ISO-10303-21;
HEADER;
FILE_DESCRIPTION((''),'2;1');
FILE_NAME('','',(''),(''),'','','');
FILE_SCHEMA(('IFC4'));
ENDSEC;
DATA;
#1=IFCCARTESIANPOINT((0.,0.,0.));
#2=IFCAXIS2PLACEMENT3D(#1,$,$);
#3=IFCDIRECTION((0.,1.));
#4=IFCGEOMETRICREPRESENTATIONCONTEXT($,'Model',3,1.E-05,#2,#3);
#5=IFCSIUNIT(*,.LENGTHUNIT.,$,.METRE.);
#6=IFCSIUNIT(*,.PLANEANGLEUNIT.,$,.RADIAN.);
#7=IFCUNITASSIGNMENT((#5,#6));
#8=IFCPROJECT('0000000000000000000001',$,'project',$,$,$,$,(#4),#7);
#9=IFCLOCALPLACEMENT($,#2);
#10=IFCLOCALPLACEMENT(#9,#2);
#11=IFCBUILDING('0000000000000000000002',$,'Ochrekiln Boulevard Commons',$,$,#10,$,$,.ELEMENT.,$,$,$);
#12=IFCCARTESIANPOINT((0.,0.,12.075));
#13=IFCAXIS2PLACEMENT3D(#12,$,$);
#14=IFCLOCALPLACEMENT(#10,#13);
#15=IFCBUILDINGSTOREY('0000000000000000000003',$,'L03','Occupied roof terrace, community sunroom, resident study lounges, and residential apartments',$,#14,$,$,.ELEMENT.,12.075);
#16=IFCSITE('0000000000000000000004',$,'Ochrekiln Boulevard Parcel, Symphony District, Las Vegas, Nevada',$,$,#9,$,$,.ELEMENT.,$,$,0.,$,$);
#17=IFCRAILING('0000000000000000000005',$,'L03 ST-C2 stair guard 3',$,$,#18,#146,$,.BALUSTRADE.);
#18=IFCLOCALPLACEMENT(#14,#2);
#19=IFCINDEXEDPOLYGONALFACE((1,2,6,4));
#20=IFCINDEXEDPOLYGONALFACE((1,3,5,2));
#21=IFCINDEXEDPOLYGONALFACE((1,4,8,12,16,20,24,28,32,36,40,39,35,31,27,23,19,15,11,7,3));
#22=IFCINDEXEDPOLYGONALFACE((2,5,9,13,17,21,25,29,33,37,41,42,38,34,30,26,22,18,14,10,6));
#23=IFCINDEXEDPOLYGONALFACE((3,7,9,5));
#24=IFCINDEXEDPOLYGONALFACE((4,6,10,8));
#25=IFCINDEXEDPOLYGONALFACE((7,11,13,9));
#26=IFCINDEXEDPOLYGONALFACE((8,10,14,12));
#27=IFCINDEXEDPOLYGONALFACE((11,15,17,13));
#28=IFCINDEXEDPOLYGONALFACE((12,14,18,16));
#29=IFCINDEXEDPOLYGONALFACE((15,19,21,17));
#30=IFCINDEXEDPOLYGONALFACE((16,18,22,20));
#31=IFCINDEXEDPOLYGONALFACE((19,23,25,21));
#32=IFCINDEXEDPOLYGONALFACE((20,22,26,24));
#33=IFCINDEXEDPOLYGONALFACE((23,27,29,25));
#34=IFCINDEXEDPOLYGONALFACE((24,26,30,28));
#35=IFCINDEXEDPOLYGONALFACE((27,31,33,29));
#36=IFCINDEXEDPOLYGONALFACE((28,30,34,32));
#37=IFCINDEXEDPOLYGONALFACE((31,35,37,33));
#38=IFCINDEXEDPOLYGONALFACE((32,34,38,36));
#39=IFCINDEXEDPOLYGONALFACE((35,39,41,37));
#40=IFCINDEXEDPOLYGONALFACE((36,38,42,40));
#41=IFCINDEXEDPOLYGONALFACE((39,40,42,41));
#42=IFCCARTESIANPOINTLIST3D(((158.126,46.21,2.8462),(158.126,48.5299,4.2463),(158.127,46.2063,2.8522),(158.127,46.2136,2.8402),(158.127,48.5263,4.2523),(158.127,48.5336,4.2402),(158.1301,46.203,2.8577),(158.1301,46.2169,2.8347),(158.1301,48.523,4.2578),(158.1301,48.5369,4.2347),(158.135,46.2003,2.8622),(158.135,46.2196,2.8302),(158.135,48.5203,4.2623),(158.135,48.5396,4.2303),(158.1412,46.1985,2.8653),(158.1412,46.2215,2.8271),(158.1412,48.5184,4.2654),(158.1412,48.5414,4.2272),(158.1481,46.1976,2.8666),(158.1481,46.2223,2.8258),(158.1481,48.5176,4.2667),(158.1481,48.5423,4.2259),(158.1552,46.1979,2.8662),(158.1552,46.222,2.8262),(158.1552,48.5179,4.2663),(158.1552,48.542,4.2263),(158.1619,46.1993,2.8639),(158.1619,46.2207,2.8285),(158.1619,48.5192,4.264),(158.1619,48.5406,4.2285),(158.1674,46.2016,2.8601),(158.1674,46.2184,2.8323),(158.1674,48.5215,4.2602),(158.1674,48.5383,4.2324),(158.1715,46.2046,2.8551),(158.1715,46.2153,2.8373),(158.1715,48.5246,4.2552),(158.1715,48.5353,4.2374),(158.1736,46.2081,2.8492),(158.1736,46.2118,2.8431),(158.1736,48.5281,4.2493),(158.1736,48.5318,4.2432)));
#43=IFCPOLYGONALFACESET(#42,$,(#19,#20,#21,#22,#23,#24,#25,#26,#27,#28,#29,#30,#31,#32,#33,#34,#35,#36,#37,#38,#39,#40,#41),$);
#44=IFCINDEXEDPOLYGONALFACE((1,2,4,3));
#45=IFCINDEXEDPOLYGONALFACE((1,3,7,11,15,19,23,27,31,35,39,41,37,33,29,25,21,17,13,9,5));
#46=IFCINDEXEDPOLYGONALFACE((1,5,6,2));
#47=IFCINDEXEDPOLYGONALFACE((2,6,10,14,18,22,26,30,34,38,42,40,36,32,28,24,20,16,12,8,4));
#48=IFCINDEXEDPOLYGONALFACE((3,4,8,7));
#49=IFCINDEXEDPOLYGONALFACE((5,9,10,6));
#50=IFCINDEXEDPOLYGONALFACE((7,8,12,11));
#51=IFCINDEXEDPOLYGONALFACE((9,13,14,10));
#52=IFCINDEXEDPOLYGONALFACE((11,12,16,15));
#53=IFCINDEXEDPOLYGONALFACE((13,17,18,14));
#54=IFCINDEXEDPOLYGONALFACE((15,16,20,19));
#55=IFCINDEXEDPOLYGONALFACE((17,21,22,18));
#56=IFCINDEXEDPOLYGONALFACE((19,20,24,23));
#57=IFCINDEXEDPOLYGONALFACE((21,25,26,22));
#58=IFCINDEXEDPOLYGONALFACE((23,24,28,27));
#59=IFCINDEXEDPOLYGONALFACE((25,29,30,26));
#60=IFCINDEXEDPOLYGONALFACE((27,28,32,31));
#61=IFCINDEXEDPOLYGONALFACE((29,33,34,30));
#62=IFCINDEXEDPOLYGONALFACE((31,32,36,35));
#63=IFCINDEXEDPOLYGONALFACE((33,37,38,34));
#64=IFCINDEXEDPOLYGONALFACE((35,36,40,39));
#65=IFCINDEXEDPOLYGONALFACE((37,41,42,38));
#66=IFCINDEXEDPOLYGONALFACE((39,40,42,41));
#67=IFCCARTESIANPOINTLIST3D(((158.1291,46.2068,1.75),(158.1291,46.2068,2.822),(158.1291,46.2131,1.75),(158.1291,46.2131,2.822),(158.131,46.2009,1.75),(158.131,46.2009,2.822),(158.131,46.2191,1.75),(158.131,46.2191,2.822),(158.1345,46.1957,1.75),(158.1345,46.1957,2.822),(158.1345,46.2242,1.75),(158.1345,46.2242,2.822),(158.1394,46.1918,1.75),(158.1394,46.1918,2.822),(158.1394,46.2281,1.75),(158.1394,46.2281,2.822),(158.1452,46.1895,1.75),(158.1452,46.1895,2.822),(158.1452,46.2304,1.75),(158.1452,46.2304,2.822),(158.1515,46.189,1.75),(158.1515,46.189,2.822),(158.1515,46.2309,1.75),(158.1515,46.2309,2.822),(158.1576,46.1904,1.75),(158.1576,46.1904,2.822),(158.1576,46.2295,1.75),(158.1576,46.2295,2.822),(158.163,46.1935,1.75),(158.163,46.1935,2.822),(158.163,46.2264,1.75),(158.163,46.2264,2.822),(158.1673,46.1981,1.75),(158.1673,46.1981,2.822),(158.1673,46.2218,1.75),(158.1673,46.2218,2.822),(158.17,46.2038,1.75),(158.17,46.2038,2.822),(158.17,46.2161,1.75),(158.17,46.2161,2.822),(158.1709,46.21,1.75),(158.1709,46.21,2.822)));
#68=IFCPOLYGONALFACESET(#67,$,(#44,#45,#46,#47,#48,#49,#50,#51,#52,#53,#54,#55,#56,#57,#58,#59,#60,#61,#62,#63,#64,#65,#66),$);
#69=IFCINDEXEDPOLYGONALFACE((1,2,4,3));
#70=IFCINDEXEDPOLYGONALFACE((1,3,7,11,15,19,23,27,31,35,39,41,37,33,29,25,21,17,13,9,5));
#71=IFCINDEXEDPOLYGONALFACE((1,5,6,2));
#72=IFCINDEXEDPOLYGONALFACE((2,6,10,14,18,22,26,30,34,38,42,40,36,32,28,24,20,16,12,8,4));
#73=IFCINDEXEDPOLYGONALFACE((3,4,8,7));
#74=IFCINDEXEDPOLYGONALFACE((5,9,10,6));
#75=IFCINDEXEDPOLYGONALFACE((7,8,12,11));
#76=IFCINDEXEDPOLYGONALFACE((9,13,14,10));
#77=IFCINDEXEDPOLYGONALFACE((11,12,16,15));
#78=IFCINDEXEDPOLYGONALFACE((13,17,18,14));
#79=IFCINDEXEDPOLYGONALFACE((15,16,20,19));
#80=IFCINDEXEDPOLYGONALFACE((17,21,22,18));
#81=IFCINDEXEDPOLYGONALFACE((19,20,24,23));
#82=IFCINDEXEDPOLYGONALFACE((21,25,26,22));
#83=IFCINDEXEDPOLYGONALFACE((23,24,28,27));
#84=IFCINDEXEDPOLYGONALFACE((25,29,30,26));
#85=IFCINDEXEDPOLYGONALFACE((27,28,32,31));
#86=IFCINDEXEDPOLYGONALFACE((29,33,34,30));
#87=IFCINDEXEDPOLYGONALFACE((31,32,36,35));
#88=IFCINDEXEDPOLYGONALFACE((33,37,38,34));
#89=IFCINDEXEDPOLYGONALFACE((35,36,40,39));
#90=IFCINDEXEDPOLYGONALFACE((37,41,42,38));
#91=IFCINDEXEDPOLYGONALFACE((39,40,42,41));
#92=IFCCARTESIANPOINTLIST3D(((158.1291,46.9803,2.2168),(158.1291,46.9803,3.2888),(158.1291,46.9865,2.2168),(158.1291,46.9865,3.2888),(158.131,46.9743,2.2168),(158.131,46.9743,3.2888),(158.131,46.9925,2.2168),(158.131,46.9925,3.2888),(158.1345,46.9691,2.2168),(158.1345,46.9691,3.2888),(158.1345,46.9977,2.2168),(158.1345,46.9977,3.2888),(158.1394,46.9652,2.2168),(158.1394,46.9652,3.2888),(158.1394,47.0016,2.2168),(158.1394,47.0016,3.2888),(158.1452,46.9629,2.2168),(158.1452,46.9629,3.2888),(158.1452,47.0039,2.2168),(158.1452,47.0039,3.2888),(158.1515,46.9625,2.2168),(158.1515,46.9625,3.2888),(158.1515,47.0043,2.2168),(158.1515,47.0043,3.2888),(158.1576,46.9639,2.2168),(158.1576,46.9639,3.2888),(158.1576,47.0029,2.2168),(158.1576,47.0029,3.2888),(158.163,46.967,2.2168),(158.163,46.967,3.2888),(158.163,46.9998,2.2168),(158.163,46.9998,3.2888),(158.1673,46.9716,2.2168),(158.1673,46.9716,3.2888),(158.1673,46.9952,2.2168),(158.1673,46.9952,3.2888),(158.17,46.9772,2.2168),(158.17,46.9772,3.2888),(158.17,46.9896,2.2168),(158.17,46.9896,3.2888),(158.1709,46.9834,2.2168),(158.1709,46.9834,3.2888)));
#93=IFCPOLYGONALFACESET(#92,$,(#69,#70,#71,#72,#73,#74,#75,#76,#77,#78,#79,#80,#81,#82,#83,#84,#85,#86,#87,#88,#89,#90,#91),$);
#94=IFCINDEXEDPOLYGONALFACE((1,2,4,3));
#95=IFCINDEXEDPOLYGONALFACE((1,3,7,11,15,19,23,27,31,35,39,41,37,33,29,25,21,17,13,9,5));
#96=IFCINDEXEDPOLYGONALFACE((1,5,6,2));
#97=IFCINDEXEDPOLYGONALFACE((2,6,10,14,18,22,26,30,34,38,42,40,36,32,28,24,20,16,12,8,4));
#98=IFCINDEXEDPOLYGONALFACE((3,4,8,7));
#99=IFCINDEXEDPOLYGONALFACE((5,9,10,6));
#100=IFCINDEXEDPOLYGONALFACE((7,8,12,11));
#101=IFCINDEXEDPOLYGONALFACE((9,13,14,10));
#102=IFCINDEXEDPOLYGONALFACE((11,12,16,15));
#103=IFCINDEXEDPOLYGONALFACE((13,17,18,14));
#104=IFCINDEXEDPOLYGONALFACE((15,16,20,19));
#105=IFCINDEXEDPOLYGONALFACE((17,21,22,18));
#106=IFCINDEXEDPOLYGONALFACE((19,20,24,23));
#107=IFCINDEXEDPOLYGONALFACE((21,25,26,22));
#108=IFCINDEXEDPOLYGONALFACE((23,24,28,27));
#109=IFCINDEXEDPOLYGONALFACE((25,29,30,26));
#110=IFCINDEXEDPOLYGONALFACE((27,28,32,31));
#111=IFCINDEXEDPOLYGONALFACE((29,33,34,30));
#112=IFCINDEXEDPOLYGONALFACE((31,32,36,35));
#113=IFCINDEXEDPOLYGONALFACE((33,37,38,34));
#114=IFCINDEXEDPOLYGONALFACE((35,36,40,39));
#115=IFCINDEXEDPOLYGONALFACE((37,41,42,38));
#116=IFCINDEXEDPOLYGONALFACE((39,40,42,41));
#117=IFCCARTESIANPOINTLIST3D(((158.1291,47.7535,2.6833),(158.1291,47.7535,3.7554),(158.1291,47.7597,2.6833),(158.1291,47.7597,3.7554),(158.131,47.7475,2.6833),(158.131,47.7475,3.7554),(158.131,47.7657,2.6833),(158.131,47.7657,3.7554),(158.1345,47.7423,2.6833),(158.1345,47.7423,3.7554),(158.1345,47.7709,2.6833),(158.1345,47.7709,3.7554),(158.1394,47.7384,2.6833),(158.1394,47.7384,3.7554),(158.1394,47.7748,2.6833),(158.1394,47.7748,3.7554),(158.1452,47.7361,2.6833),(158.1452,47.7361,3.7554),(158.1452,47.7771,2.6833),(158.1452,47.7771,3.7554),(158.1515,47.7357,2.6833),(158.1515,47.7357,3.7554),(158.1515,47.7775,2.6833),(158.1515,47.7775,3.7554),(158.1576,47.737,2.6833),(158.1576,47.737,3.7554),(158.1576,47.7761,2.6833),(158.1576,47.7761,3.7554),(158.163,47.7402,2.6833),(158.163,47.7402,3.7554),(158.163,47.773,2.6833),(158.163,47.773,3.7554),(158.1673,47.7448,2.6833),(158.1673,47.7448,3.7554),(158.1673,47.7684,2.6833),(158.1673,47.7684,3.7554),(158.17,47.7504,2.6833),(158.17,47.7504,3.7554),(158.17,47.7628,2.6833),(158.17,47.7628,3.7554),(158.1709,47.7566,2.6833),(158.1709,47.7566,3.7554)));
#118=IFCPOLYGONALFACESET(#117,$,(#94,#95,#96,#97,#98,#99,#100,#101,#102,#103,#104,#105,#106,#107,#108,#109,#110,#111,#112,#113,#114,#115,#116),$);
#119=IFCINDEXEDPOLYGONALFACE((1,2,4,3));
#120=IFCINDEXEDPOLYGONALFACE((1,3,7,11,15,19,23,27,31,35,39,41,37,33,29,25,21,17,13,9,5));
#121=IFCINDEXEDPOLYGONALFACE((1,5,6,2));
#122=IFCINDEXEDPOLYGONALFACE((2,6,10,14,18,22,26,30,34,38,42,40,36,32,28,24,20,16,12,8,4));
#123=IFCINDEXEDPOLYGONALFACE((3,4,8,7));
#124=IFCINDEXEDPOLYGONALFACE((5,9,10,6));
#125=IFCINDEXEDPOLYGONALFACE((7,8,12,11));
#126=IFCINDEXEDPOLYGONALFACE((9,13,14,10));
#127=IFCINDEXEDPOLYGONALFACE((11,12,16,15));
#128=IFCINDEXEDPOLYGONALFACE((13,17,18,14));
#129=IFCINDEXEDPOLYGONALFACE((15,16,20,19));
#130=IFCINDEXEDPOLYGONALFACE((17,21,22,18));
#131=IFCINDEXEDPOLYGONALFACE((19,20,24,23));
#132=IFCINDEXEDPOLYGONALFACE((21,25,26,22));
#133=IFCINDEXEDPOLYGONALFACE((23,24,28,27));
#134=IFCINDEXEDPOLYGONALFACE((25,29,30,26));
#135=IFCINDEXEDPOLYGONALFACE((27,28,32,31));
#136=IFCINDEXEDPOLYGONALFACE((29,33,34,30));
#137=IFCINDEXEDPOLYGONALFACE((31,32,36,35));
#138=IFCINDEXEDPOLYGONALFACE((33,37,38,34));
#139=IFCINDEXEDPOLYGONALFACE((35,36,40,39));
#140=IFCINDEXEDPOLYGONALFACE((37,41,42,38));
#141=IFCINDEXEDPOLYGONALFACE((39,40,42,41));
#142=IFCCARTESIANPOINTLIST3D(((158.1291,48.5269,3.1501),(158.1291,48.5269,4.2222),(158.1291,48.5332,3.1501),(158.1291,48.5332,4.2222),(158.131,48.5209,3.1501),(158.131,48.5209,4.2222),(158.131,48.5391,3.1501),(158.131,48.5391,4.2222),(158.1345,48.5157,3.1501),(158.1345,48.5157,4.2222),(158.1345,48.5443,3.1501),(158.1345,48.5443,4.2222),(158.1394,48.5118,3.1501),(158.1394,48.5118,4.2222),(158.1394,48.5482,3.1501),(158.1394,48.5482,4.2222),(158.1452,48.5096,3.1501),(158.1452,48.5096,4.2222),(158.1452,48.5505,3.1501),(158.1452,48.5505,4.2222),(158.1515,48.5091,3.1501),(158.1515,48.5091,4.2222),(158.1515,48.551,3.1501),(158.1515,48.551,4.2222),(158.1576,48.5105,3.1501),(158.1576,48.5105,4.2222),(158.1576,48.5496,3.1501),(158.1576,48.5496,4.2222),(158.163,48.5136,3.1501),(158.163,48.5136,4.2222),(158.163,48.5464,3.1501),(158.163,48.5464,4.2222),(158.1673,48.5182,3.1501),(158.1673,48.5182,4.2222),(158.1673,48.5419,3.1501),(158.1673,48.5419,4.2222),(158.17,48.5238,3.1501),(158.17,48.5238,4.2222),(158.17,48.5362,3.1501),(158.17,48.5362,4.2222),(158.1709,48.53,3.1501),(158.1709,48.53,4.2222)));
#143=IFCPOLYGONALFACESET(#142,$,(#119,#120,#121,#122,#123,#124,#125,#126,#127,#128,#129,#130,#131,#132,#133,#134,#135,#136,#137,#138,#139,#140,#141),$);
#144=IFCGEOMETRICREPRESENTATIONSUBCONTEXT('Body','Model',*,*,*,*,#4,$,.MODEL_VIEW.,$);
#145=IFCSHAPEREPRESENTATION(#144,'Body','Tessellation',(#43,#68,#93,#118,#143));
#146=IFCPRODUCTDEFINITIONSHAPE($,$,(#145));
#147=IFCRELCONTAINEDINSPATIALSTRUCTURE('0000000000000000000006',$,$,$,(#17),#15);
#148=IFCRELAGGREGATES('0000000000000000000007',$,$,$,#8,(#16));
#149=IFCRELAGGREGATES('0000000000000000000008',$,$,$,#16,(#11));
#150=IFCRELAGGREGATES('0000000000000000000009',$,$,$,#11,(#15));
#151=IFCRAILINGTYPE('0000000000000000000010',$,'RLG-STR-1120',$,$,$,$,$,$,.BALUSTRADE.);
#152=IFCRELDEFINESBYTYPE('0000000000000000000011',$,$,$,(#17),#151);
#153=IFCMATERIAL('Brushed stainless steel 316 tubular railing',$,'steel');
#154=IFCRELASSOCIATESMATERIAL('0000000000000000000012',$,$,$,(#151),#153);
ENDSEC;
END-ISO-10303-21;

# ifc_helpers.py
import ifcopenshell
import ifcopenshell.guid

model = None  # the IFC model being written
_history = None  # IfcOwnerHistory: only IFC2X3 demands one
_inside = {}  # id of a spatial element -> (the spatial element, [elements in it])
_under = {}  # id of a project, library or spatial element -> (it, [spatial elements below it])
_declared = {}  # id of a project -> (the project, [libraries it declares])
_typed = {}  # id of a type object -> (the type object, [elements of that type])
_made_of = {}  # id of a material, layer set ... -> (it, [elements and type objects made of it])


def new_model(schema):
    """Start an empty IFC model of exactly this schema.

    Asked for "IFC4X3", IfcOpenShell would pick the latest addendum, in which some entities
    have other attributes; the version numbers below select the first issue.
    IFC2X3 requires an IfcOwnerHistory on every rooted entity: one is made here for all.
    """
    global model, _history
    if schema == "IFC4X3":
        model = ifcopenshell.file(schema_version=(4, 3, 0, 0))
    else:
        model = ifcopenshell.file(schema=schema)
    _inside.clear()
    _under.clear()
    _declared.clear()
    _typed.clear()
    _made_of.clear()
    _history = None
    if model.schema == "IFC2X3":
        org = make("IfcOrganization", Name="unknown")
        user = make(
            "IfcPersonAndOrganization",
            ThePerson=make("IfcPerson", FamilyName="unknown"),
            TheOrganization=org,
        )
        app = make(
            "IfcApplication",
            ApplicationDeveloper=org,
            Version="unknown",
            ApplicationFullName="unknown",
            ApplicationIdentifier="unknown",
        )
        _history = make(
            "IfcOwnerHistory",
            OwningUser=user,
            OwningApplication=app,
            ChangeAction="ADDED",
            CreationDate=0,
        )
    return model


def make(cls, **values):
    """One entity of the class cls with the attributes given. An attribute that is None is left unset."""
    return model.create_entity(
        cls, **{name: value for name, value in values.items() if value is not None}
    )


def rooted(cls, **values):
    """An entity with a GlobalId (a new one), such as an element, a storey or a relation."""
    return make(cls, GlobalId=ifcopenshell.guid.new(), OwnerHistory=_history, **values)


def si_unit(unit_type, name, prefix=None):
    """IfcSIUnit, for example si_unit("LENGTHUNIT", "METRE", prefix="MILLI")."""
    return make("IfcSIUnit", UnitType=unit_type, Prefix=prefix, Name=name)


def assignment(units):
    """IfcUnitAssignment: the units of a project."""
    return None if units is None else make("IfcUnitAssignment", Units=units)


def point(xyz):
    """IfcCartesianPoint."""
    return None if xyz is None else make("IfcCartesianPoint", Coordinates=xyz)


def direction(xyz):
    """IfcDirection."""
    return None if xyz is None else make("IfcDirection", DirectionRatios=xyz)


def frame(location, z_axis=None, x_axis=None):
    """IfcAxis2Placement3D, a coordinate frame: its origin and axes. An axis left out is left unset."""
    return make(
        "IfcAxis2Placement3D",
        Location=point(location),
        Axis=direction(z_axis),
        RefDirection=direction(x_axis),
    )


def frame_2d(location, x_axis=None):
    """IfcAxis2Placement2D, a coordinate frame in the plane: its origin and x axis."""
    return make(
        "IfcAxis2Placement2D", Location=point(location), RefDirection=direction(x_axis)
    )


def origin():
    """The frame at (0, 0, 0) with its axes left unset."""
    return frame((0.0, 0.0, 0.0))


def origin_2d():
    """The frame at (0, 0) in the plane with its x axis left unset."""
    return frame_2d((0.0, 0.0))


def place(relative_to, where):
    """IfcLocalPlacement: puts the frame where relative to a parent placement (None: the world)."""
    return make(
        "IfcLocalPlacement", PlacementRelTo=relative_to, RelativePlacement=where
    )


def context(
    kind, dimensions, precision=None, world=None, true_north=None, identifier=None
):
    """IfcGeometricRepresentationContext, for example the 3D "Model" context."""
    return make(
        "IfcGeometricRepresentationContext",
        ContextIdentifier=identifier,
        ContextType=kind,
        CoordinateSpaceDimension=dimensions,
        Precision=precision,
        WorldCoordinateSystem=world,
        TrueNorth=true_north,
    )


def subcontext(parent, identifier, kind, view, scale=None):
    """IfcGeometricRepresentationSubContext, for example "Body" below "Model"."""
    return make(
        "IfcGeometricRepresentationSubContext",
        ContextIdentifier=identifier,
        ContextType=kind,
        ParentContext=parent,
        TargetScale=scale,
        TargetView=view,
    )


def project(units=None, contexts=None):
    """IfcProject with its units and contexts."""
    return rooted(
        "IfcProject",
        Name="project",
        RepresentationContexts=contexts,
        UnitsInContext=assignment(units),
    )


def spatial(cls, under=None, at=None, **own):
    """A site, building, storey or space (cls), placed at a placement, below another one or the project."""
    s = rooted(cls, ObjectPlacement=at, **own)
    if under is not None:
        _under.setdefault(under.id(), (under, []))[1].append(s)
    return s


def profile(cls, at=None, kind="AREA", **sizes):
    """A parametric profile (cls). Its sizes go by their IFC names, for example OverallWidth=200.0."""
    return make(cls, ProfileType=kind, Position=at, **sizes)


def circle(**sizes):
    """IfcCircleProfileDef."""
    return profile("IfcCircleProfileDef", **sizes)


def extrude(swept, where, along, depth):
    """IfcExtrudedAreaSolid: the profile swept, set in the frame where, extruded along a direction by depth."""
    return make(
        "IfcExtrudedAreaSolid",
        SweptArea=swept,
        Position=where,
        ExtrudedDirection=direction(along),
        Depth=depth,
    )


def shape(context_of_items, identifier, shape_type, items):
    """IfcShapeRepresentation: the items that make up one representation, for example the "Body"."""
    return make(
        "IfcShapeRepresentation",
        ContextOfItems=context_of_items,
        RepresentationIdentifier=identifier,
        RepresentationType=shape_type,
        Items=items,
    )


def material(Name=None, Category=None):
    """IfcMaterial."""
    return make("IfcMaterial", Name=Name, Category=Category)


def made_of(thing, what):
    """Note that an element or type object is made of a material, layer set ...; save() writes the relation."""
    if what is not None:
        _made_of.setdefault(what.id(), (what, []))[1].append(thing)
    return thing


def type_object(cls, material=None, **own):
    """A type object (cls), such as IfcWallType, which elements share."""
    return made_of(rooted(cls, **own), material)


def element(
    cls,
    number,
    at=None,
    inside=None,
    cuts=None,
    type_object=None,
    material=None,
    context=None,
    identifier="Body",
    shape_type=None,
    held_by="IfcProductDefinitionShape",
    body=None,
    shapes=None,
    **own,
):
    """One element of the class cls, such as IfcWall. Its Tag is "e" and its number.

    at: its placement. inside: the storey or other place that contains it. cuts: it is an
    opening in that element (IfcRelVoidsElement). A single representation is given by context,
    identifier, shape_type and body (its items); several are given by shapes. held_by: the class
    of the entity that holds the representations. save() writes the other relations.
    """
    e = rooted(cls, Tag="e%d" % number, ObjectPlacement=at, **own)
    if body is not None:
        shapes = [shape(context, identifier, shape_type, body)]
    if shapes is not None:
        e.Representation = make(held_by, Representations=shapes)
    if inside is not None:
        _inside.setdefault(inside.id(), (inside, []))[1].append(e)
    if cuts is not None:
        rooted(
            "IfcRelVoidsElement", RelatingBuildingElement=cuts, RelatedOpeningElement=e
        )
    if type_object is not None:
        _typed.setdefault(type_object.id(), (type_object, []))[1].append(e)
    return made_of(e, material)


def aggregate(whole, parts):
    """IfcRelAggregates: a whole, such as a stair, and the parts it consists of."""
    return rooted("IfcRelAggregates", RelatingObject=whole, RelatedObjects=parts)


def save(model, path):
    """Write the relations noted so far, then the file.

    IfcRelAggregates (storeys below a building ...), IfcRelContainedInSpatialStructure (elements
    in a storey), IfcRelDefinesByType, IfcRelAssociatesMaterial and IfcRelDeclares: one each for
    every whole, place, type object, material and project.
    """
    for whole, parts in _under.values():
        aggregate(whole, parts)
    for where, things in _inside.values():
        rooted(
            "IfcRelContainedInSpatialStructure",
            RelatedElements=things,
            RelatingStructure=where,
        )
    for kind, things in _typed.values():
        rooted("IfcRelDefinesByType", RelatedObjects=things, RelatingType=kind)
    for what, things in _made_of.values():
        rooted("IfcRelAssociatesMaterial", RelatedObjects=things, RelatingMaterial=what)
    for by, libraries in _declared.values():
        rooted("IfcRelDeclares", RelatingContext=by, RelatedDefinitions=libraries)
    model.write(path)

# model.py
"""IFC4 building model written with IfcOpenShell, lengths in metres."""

from ifc_helpers import new_model, si_unit, direction, frame, origin, origin_2d, place, context, subcontext, project, spatial, circle, extrude, material, type_object, element, save


model = new_model("IFC4")

# Units and contexts
model_context = context("Model", 3, precision=1e-05, world=origin(), true_north=direction((0.0, 1.0)))
body_context = subcontext(model_context, "Body", "Model", "MODEL_VIEW")
ifc_project = project(units=[si_unit("LENGTHUNIT", "METRE"), si_unit("PLANEANGLEUNIT", "RADIAN")], contexts=[model_context])

# Site, building, storey
site_placement = place(None, origin())
site = spatial("IfcSite", under=ifc_project, at=site_placement, Name="Ochrekiln Boulevard Parcel, Symphony District, Las Vegas, Nevada", CompositionType="ELEMENT", RefElevation=0.0)
building_placement = place(site_placement, origin())
building = spatial("IfcBuilding", under=site, at=building_placement, Name="Ochrekiln Boulevard Commons", CompositionType="ELEMENT")
storey_placement = place(building_placement, frame((0.0, 0.0, 12.075)))
storey = spatial("IfcBuildingStorey", under=building, at=storey_placement, Name="L03", Description="Occupied roof terrace, community sunroom, resident study lounges, and residential apartments", CompositionType="ELEMENT", Elevation=12.075)

# Railing
ifc_material_1 = material(Name="Brushed stainless steel 316 tubular railing", Category="steel")
railing_type_1 = type_object("IfcRailingType", Name="RLG-STR-1120", PredefinedType="BALUSTRADE", material=ifc_material_1)
railing_1_placement = place(storey_placement, frame((158.1499, 46.21, 1.75)))
element("IfcRailing", 1, at=railing_1_placement, inside=storey, type_object=railing_type_1, Name="L03 ST-C2 stair guard 3", PredefinedType="BALUSTRADE", context=body_context, shape_type="SweptSolid", body=[
    extrude(circle(Radius=0.0239, at=origin_2d()), frame((0.0, 0.0, 1.0962), z_axis=(0.0, 0.85617, 0.516693), x_axis=(-1.0, 0.0, 0.0)), (0.0, 0.0, 1.0), 2.7097),
    extrude(circle(Radius=0.021, at=origin_2d()), origin(), (0.0, 0.0, 1.0), 1.072),
    extrude(circle(Radius=0.021, at=origin_2d()), frame((0.0, 0.7734, 0.4668)), (0.0, 0.0, 1.0), 1.072),
    extrude(circle(Radius=0.021, at=origin_2d()), frame((0.0, 1.5466, 0.9333)), (0.0, 0.0, 1.0), 1.072),
    extrude(circle(Radius=0.021, at=origin_2d()), frame((0.0, 2.3201, 1.4001)), (0.0, 0.0, 1.0), 1.072),
])

save(model, "model.ifc")
